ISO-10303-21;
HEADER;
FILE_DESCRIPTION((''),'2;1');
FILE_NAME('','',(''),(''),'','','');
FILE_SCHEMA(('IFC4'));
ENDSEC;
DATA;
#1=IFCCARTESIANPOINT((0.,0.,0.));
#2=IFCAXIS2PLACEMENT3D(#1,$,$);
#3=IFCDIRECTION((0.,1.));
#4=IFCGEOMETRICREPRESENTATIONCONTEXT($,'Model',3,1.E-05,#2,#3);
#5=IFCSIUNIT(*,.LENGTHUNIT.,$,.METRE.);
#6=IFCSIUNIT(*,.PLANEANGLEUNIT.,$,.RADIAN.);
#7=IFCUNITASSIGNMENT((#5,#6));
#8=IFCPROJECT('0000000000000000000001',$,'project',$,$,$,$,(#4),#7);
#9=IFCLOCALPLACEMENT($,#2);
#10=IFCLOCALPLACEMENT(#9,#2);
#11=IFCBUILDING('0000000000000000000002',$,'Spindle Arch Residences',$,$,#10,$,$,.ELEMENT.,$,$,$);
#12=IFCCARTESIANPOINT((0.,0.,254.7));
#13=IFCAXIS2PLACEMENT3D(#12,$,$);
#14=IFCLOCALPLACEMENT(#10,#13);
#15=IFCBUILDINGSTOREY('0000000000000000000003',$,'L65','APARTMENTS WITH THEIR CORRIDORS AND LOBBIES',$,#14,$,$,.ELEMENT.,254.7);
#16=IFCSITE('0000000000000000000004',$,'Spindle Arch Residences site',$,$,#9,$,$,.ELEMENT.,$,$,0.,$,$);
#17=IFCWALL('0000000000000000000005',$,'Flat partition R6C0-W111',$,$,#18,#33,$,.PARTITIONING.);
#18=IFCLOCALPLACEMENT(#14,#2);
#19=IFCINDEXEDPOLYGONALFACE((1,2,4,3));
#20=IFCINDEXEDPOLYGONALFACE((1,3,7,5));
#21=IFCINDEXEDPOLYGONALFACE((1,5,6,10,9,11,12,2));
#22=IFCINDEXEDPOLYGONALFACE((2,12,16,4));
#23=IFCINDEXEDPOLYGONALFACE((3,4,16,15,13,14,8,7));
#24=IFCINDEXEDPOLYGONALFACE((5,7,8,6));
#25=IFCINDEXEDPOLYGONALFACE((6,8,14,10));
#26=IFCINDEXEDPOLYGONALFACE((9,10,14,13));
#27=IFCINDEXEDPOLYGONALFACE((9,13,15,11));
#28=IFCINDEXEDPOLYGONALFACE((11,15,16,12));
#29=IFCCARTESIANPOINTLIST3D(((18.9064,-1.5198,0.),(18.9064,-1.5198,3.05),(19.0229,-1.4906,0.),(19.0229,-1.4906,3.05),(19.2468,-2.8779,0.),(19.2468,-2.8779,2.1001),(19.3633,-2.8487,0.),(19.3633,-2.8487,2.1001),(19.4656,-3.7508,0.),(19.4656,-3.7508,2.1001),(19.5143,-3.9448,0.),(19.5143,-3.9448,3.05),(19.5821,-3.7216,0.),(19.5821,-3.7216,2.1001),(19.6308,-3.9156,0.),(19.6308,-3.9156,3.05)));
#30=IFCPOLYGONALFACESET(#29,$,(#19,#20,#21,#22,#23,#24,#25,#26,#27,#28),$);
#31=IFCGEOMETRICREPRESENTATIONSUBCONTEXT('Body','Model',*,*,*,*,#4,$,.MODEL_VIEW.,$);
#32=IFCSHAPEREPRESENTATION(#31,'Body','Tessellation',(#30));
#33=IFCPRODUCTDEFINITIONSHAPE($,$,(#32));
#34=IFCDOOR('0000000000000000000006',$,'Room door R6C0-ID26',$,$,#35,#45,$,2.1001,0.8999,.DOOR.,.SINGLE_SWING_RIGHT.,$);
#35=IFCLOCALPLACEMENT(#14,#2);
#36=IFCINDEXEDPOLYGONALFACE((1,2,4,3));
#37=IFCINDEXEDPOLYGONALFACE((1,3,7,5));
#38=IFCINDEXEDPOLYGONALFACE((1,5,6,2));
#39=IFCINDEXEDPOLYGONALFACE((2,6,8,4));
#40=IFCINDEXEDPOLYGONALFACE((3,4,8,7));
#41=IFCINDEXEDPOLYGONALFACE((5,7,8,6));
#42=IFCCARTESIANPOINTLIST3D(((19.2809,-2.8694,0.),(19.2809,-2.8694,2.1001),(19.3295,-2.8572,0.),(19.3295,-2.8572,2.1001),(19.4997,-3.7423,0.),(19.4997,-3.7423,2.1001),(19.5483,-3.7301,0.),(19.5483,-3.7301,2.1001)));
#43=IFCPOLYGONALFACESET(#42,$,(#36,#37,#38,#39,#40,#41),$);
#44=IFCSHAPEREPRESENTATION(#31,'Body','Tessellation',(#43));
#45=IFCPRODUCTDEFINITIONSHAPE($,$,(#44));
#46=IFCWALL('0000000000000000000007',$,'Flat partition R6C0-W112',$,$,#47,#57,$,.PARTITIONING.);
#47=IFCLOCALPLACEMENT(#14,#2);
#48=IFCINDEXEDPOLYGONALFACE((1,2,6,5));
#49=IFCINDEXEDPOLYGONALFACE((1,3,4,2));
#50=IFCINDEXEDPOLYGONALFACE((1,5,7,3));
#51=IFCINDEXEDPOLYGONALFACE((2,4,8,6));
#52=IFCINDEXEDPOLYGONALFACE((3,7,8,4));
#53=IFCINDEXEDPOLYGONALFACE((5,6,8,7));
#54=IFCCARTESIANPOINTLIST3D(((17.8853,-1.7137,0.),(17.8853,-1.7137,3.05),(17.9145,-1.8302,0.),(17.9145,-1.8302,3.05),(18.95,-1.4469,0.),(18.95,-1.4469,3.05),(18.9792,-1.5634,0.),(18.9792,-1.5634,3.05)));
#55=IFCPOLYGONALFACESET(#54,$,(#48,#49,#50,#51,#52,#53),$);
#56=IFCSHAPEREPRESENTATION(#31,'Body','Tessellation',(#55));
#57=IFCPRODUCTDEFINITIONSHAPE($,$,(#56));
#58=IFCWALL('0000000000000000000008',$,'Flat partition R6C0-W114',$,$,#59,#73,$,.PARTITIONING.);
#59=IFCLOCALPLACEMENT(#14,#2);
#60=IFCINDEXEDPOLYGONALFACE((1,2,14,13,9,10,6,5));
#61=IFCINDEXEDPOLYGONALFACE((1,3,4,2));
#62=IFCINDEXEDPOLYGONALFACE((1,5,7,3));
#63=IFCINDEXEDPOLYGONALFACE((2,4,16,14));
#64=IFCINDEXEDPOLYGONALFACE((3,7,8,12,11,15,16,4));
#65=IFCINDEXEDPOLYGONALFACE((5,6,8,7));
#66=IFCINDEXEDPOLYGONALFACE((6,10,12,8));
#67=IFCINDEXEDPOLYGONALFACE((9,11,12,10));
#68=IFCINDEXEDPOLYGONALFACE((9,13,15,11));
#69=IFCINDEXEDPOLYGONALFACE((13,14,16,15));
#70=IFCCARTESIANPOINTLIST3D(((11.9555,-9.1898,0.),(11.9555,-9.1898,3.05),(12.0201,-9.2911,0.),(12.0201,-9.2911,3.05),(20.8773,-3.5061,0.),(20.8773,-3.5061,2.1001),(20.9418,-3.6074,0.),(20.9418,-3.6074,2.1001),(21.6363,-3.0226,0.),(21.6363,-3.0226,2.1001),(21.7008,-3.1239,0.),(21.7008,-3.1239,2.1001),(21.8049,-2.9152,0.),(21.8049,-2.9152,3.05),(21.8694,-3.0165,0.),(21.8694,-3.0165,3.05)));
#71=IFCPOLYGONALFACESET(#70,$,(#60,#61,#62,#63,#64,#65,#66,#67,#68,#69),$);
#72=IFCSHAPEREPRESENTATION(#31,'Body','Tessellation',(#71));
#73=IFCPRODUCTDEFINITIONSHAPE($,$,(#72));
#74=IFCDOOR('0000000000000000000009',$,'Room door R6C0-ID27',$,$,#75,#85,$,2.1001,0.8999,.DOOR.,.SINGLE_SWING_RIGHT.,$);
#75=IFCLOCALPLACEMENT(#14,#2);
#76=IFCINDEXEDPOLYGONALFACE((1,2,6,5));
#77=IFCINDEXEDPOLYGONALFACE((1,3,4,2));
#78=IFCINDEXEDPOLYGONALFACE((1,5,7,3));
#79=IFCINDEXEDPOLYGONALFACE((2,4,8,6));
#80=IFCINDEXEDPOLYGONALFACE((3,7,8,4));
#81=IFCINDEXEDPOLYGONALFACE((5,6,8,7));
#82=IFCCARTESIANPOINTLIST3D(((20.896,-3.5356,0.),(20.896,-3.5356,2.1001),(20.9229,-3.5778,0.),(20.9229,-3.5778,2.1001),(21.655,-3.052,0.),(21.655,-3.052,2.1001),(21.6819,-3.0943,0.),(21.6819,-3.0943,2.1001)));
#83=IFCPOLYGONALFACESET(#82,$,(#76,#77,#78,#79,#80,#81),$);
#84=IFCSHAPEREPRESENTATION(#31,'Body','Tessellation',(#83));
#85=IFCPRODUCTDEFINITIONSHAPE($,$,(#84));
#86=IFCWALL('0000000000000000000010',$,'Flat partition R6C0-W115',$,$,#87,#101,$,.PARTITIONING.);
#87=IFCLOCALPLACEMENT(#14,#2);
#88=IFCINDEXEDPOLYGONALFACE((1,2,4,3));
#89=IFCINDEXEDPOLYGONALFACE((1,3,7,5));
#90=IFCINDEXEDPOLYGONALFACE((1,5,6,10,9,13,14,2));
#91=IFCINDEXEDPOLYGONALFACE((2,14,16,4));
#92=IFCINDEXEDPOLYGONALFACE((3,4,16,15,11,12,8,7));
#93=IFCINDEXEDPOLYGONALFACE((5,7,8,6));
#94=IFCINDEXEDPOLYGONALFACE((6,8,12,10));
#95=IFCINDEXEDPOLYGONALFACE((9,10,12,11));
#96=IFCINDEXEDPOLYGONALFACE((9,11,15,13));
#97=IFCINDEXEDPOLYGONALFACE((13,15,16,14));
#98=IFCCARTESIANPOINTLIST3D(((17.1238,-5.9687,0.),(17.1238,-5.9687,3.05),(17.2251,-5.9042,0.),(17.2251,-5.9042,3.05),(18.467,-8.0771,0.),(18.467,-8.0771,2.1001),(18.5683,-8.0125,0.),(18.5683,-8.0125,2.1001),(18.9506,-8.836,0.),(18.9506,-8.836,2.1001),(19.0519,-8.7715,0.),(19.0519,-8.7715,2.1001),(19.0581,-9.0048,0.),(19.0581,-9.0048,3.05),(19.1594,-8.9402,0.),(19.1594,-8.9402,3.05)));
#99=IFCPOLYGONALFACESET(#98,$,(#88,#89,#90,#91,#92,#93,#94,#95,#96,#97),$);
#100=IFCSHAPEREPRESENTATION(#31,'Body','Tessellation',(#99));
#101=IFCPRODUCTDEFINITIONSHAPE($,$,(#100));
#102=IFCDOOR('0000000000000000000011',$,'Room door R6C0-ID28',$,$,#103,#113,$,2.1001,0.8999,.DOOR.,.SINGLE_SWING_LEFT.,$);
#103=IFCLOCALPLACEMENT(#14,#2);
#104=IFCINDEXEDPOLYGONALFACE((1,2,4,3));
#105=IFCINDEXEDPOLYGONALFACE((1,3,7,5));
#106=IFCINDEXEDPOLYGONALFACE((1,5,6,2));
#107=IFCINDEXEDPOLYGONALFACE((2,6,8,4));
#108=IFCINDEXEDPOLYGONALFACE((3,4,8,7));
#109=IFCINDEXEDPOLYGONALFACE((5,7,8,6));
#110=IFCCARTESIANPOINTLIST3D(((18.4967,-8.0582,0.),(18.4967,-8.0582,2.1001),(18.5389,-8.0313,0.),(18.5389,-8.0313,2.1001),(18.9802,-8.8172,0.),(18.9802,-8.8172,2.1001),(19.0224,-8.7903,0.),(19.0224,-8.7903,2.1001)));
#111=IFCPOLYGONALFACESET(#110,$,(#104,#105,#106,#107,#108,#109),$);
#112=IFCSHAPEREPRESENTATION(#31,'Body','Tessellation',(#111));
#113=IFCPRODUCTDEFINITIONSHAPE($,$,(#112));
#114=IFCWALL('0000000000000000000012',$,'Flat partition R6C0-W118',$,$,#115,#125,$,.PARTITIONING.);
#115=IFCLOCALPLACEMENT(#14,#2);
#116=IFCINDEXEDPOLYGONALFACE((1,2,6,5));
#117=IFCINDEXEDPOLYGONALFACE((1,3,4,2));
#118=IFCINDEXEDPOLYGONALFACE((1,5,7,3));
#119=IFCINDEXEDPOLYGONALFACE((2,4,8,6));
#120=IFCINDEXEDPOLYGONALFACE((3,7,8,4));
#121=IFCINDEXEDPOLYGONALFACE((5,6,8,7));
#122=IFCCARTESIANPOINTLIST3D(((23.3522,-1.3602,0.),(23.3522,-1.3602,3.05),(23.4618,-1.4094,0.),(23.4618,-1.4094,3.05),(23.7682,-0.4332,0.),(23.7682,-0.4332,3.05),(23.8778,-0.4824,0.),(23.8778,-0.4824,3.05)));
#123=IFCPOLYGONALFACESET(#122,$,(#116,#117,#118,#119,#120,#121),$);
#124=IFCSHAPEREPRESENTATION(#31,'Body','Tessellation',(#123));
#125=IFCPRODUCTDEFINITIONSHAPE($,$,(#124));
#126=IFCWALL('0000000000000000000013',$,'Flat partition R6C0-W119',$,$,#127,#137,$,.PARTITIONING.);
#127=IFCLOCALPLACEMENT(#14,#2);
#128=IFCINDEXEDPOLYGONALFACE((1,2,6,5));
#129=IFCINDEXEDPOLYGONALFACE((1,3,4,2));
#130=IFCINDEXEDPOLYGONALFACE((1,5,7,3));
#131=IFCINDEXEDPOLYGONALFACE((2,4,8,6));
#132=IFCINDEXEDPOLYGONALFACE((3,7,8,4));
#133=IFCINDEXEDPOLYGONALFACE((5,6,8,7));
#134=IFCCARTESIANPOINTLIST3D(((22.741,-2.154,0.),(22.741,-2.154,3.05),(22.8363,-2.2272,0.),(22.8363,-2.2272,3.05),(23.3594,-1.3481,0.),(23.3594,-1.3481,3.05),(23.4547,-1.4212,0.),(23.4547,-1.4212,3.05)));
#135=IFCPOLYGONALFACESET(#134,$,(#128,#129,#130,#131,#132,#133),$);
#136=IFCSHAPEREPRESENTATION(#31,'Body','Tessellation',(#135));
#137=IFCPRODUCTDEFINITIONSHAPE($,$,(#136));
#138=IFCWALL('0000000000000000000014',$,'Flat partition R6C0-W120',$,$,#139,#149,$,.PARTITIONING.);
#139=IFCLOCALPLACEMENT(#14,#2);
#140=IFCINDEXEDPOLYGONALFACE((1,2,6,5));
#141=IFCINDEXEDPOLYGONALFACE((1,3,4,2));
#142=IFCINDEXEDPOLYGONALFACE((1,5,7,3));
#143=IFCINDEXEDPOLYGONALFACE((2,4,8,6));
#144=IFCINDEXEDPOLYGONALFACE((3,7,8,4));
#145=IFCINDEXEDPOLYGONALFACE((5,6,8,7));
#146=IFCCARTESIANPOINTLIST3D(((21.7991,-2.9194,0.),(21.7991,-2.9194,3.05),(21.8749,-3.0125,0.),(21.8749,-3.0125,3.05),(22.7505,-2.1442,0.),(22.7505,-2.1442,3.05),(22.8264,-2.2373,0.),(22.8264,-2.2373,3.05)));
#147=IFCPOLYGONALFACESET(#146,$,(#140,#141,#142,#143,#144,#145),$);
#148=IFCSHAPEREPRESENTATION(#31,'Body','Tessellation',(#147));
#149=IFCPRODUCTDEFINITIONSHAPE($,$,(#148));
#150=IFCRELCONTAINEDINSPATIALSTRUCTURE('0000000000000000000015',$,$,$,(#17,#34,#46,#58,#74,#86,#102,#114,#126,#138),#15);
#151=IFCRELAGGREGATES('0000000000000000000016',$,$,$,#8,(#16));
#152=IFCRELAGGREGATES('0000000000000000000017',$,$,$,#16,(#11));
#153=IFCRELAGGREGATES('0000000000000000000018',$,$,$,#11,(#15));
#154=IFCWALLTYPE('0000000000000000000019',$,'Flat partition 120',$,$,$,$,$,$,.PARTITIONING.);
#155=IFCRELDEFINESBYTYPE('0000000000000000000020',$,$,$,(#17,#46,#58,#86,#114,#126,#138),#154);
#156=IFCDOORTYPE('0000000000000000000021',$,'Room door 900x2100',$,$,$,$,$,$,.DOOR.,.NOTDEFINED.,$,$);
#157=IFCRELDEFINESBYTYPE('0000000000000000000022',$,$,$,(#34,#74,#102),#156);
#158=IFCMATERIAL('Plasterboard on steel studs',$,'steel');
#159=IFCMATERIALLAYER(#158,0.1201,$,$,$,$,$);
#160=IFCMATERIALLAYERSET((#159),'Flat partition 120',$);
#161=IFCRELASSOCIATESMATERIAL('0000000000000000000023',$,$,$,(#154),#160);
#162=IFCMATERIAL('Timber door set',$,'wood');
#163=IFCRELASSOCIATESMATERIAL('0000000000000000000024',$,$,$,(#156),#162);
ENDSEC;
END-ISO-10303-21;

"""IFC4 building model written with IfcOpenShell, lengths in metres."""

from ifc_helpers import new_model, si_unit, direction, frame, frame_2d, origin, place, context, subcontext, project, spatial, rectangle, extrude, material, layer, layer_set, type_object, element, fill, save


model = new_model("IFC4")

# Units and contexts
model_context = context("Model", 3, precision=1e-05, world=origin(), true_north=direction((0.0, 1.0)))
body_context = subcontext(model_context, "Body", "Model", "MODEL_VIEW")
ifc_project = project(units=[si_unit("LENGTHUNIT", "METRE"), si_unit("PLANEANGLEUNIT", "RADIAN")], contexts=[model_context])

# Site, building, storey
site_placement = place(None, origin())
site = spatial("IfcSite", under=ifc_project, at=site_placement, Name="Spindle Arch Residences site", CompositionType="ELEMENT", RefElevation=0.0)
building_placement = place(site_placement, origin())
building = spatial("IfcBuilding", under=site, at=building_placement, Name="Spindle Arch Residences", CompositionType="ELEMENT")
storey_placement = place(building_placement, frame((0.0, 0.0, 254.7)))
storey = spatial("IfcBuildingStorey", under=building, at=storey_placement, Name="L65", Description="APARTMENTS WITH THEIR CORRIDORS AND LOBBIES", CompositionType="ELEMENT", Elevation=254.7)

# Wall, opening, door
ifc_material_1 = material(Name="Plasterboard on steel studs", Category="steel")
ifc_layer_1 = layer(ifc_material_1, 0.1201)
ifc_layer_set_1 = layer_set([ifc_layer_1], Name="Flat partition 120")
wall_type = type_object("IfcWallType", Name="Flat partition 120", PredefinedType="PARTITIONING", material=ifc_layer_set_1)
wall_1_placement = place(storey_placement, frame((19.5725, -3.9302, 0.0), z_axis=(0.0, 0.0, 1.0), x_axis=(-0.243156, 0.969987, 0.0)))
wall_1 = element("IfcWall", 1, at=wall_1_placement, inside=storey, type_object=wall_type, Name="Flat partition R6C0-W111", PredefinedType="PARTITIONING", context=body_context, shape_type="SweptSolid", body=[
    extrude(rectangle(XDim=2.5, YDim=0.1201, at=frame_2d((1.25, 0.0))), origin(), (0.0, 0.0, 1.0), 3.05),
])
opening_1_placement = place(wall_1_placement, frame((0.2, 0.0, 0.0)))
opening_1 = element("IfcOpeningElement", 2, at=opening_1_placement, cuts=wall_1, PredefinedType="OPENING", context=body_context, shape_type="SweptSolid", body=[
    extrude(rectangle(XDim=0.8999, YDim=2.1001, at=frame_2d((0.45, 1.05))), frame((0.0, 0.0701, 0.0), z_axis=(0.0, -1.0, 0.0), x_axis=(1.0, 0.0, 0.0)), (0.0, 0.0, 1.0), 0.1401),
])
ifc_material_2 = material(Name="Timber door set", Category="wood")
door_type = type_object("IfcDoorType", Name="Room door 900x2100", OperationType="NOTDEFINED", PredefinedType="DOOR", material=ifc_material_2)
door_1_placement = place(opening_1_placement, origin())
door_1 = element("IfcDoor", 3, at=door_1_placement, inside=storey, type_object=door_type, Name="Room door R6C0-ID26", OperationType="SINGLE_SWING_RIGHT", OverallHeight=2.1001, OverallWidth=0.8999, PredefinedType="DOOR", context=body_context, shape_type="SweptSolid", body=[
    extrude(rectangle(XDim=0.8999, YDim=2.1001, at=frame_2d((0.45, 1.05))), frame((0.0, 0.0249, 0.0), z_axis=(0.0, -1.0, 0.0), x_axis=(1.0, 0.0, 0.0)), (0.0, 0.0, 1.0), 0.05),
])
fill(opening_1, door_1)

# Wall
wall_2_placement = place(storey_placement, frame((18.9646, -1.5051, 0.0), z_axis=(0.0, 0.0, 1.0), x_axis=(-0.969998, -0.243111, 0.0)))
element("IfcWall", 4, at=wall_2_placement, inside=storey, type_object=wall_type, Name="Flat partition R6C0-W112", PredefinedType="PARTITIONING", context=body_context, shape_type="SweptSolid", body=[
    extrude(rectangle(XDim=1.0977, YDim=0.1201, at=frame_2d((0.5488, 0.0))), origin(), (0.0, 0.0, 1.0), 3.05),
])

# Walls, openings, doors
wall_3_placement = place(storey_placement, frame((21.8372, -2.9658, 0.0), z_axis=(0.0, 0.0, 1.0), x_axis=(-0.843395, -0.537295, 0.0)))
wall_3 = element("IfcWall", 5, at=wall_3_placement, inside=storey, type_object=wall_type, Name="Flat partition R6C0-W114", PredefinedType="PARTITIONING", context=body_context, shape_type="SweptSolid", body=[
    extrude(rectangle(XDim=11.6782, YDim=0.1201, at=frame_2d((5.8391, 0.0))), origin(), (0.0, 0.0, 1.0), 3.05),
])
opening_2_placement = place(wall_3_placement, frame((0.2, 0.0, 0.0)))
opening_2 = element("IfcOpeningElement", 6, at=opening_2_placement, cuts=wall_3, PredefinedType="OPENING", context=body_context, shape_type="SweptSolid", body=[
    extrude(rectangle(XDim=0.8999, YDim=2.1001, at=frame_2d((0.45, 1.05))), frame((0.0, 0.0701, 0.0), z_axis=(0.0, -1.0, 0.0), x_axis=(1.0, 0.0, 0.0)), (0.0, 0.0, 1.0), 0.1401),
])
door_2_placement = place(opening_2_placement, origin())
door_2 = element("IfcDoor", 7, at=door_2_placement, inside=storey, type_object=door_type, Name="Room door R6C0-ID27", OperationType="SINGLE_SWING_RIGHT", OverallHeight=2.1001, OverallWidth=0.8999, PredefinedType="DOOR", context=body_context, shape_type="SweptSolid", body=[
    extrude(rectangle(XDim=0.8999, YDim=2.1001, at=frame_2d((0.45, 1.05))), frame((0.0, 0.0249, 0.0), z_axis=(0.0, -1.0, 0.0), x_axis=(1.0, 0.0, 0.0)), (0.0, 0.0, 1.0), 0.05),
])
fill(opening_2, door_2)
wall_4_placement = place(storey_placement, frame((19.1086, -8.9724, 0.0), z_axis=(0.0, 0.0, 1.0), x_axis=(-0.537319, 0.843379, 0.0)))
wall_4 = element("IfcWall", 8, at=wall_4_placement, inside=storey, type_object=wall_type, Name="Flat partition R6C0-W115", PredefinedType="PARTITIONING", context=body_context, shape_type="SweptSolid", body=[
    extrude(rectangle(XDim=3.5999, YDim=0.1201, at=frame_2d((1.7998, 0.0))), origin(), (0.0, 0.0, 1.0), 3.05),
])
opening_3_placement = place(wall_4_placement, frame((0.2, 0.0, 0.0)))
opening_3 = element("IfcOpeningElement", 9, at=opening_3_placement, cuts=wall_4, PredefinedType="OPENING", context=body_context, shape_type="SweptSolid", body=[
    extrude(rectangle(XDim=0.8999, YDim=2.1001, at=frame_2d((0.45, 1.05))), frame((0.0, 0.0701, 0.0), z_axis=(0.0, -1.0, 0.0), x_axis=(1.0, 0.0, 0.0)), (0.0, 0.0, 1.0), 0.1401),
])
door_3_placement = place(opening_3_placement, origin())
door_3 = element("IfcDoor", 10, at=door_3_placement, inside=storey, type_object=door_type, Name="Room door R6C0-ID28", OperationType="SINGLE_SWING_LEFT", OverallHeight=2.1001, OverallWidth=0.8999, PredefinedType="DOOR", context=body_context, shape_type="SweptSolid", body=[
    extrude(rectangle(XDim=0.8999, YDim=2.1001, at=frame_2d((0.45, 1.05))), frame((0.0, 0.0249, 0.0), z_axis=(0.0, -1.0, 0.0), x_axis=(1.0, 0.0, 0.0)), (0.0, 0.0, 1.0), 0.05),
])
fill(opening_3, door_3)

# Walls
wall_5_placement = place(storey_placement, frame((23.823, -0.4578, 0.0), z_axis=(0.0, 0.0, 1.0), x_axis=(-0.409435, -0.912339, 0.0)))
element("IfcWall", 11, at=wall_5_placement, inside=storey, type_object=wall_type, Name="Flat partition R6C0-W118", PredefinedType="PARTITIONING", context=body_context, shape_type="SweptSolid", body=[
    extrude(rectangle(XDim=1.0161, YDim=0.1201, at=frame_2d((0.5081, 0.0))), origin(), (0.0, 0.0, 1.0), 3.05),
])
wall_6_placement = place(storey_placement, frame((23.407, -1.3848, 0.0), z_axis=(0.0, 0.0, 1.0), x_axis=(-0.60877, -0.793347, 0.0)))
element("IfcWall", 12, at=wall_6_placement, inside=storey, type_object=wall_type, Name="Flat partition R6C0-W119", PredefinedType="PARTITIONING", context=body_context, shape_type="SweptSolid", body=[
    extrude(rectangle(XDim=1.0159, YDim=0.1201, at=frame_2d((0.5078, 0.0))), origin(), (0.0, 0.0, 1.0), 3.05),
])
wall_7_placement = place(storey_placement, frame((22.7886, -2.1907, 0.0), z_axis=(0.0, 0.0, 1.0), x_axis=(-0.775267, -0.631633, 0.0)))
element("IfcWall", 13, at=wall_7_placement, inside=storey, type_object=wall_type, Name="Flat partition R6C0-W120", PredefinedType="PARTITIONING", context=body_context, shape_type="SweptSolid", body=[
    extrude(rectangle(XDim=1.2273, YDim=0.1201, at=frame_2d((0.6138, 0.0))), origin(), (0.0, 0.0, 1.0), 3.05),
])

save(model, "model.ifc")
